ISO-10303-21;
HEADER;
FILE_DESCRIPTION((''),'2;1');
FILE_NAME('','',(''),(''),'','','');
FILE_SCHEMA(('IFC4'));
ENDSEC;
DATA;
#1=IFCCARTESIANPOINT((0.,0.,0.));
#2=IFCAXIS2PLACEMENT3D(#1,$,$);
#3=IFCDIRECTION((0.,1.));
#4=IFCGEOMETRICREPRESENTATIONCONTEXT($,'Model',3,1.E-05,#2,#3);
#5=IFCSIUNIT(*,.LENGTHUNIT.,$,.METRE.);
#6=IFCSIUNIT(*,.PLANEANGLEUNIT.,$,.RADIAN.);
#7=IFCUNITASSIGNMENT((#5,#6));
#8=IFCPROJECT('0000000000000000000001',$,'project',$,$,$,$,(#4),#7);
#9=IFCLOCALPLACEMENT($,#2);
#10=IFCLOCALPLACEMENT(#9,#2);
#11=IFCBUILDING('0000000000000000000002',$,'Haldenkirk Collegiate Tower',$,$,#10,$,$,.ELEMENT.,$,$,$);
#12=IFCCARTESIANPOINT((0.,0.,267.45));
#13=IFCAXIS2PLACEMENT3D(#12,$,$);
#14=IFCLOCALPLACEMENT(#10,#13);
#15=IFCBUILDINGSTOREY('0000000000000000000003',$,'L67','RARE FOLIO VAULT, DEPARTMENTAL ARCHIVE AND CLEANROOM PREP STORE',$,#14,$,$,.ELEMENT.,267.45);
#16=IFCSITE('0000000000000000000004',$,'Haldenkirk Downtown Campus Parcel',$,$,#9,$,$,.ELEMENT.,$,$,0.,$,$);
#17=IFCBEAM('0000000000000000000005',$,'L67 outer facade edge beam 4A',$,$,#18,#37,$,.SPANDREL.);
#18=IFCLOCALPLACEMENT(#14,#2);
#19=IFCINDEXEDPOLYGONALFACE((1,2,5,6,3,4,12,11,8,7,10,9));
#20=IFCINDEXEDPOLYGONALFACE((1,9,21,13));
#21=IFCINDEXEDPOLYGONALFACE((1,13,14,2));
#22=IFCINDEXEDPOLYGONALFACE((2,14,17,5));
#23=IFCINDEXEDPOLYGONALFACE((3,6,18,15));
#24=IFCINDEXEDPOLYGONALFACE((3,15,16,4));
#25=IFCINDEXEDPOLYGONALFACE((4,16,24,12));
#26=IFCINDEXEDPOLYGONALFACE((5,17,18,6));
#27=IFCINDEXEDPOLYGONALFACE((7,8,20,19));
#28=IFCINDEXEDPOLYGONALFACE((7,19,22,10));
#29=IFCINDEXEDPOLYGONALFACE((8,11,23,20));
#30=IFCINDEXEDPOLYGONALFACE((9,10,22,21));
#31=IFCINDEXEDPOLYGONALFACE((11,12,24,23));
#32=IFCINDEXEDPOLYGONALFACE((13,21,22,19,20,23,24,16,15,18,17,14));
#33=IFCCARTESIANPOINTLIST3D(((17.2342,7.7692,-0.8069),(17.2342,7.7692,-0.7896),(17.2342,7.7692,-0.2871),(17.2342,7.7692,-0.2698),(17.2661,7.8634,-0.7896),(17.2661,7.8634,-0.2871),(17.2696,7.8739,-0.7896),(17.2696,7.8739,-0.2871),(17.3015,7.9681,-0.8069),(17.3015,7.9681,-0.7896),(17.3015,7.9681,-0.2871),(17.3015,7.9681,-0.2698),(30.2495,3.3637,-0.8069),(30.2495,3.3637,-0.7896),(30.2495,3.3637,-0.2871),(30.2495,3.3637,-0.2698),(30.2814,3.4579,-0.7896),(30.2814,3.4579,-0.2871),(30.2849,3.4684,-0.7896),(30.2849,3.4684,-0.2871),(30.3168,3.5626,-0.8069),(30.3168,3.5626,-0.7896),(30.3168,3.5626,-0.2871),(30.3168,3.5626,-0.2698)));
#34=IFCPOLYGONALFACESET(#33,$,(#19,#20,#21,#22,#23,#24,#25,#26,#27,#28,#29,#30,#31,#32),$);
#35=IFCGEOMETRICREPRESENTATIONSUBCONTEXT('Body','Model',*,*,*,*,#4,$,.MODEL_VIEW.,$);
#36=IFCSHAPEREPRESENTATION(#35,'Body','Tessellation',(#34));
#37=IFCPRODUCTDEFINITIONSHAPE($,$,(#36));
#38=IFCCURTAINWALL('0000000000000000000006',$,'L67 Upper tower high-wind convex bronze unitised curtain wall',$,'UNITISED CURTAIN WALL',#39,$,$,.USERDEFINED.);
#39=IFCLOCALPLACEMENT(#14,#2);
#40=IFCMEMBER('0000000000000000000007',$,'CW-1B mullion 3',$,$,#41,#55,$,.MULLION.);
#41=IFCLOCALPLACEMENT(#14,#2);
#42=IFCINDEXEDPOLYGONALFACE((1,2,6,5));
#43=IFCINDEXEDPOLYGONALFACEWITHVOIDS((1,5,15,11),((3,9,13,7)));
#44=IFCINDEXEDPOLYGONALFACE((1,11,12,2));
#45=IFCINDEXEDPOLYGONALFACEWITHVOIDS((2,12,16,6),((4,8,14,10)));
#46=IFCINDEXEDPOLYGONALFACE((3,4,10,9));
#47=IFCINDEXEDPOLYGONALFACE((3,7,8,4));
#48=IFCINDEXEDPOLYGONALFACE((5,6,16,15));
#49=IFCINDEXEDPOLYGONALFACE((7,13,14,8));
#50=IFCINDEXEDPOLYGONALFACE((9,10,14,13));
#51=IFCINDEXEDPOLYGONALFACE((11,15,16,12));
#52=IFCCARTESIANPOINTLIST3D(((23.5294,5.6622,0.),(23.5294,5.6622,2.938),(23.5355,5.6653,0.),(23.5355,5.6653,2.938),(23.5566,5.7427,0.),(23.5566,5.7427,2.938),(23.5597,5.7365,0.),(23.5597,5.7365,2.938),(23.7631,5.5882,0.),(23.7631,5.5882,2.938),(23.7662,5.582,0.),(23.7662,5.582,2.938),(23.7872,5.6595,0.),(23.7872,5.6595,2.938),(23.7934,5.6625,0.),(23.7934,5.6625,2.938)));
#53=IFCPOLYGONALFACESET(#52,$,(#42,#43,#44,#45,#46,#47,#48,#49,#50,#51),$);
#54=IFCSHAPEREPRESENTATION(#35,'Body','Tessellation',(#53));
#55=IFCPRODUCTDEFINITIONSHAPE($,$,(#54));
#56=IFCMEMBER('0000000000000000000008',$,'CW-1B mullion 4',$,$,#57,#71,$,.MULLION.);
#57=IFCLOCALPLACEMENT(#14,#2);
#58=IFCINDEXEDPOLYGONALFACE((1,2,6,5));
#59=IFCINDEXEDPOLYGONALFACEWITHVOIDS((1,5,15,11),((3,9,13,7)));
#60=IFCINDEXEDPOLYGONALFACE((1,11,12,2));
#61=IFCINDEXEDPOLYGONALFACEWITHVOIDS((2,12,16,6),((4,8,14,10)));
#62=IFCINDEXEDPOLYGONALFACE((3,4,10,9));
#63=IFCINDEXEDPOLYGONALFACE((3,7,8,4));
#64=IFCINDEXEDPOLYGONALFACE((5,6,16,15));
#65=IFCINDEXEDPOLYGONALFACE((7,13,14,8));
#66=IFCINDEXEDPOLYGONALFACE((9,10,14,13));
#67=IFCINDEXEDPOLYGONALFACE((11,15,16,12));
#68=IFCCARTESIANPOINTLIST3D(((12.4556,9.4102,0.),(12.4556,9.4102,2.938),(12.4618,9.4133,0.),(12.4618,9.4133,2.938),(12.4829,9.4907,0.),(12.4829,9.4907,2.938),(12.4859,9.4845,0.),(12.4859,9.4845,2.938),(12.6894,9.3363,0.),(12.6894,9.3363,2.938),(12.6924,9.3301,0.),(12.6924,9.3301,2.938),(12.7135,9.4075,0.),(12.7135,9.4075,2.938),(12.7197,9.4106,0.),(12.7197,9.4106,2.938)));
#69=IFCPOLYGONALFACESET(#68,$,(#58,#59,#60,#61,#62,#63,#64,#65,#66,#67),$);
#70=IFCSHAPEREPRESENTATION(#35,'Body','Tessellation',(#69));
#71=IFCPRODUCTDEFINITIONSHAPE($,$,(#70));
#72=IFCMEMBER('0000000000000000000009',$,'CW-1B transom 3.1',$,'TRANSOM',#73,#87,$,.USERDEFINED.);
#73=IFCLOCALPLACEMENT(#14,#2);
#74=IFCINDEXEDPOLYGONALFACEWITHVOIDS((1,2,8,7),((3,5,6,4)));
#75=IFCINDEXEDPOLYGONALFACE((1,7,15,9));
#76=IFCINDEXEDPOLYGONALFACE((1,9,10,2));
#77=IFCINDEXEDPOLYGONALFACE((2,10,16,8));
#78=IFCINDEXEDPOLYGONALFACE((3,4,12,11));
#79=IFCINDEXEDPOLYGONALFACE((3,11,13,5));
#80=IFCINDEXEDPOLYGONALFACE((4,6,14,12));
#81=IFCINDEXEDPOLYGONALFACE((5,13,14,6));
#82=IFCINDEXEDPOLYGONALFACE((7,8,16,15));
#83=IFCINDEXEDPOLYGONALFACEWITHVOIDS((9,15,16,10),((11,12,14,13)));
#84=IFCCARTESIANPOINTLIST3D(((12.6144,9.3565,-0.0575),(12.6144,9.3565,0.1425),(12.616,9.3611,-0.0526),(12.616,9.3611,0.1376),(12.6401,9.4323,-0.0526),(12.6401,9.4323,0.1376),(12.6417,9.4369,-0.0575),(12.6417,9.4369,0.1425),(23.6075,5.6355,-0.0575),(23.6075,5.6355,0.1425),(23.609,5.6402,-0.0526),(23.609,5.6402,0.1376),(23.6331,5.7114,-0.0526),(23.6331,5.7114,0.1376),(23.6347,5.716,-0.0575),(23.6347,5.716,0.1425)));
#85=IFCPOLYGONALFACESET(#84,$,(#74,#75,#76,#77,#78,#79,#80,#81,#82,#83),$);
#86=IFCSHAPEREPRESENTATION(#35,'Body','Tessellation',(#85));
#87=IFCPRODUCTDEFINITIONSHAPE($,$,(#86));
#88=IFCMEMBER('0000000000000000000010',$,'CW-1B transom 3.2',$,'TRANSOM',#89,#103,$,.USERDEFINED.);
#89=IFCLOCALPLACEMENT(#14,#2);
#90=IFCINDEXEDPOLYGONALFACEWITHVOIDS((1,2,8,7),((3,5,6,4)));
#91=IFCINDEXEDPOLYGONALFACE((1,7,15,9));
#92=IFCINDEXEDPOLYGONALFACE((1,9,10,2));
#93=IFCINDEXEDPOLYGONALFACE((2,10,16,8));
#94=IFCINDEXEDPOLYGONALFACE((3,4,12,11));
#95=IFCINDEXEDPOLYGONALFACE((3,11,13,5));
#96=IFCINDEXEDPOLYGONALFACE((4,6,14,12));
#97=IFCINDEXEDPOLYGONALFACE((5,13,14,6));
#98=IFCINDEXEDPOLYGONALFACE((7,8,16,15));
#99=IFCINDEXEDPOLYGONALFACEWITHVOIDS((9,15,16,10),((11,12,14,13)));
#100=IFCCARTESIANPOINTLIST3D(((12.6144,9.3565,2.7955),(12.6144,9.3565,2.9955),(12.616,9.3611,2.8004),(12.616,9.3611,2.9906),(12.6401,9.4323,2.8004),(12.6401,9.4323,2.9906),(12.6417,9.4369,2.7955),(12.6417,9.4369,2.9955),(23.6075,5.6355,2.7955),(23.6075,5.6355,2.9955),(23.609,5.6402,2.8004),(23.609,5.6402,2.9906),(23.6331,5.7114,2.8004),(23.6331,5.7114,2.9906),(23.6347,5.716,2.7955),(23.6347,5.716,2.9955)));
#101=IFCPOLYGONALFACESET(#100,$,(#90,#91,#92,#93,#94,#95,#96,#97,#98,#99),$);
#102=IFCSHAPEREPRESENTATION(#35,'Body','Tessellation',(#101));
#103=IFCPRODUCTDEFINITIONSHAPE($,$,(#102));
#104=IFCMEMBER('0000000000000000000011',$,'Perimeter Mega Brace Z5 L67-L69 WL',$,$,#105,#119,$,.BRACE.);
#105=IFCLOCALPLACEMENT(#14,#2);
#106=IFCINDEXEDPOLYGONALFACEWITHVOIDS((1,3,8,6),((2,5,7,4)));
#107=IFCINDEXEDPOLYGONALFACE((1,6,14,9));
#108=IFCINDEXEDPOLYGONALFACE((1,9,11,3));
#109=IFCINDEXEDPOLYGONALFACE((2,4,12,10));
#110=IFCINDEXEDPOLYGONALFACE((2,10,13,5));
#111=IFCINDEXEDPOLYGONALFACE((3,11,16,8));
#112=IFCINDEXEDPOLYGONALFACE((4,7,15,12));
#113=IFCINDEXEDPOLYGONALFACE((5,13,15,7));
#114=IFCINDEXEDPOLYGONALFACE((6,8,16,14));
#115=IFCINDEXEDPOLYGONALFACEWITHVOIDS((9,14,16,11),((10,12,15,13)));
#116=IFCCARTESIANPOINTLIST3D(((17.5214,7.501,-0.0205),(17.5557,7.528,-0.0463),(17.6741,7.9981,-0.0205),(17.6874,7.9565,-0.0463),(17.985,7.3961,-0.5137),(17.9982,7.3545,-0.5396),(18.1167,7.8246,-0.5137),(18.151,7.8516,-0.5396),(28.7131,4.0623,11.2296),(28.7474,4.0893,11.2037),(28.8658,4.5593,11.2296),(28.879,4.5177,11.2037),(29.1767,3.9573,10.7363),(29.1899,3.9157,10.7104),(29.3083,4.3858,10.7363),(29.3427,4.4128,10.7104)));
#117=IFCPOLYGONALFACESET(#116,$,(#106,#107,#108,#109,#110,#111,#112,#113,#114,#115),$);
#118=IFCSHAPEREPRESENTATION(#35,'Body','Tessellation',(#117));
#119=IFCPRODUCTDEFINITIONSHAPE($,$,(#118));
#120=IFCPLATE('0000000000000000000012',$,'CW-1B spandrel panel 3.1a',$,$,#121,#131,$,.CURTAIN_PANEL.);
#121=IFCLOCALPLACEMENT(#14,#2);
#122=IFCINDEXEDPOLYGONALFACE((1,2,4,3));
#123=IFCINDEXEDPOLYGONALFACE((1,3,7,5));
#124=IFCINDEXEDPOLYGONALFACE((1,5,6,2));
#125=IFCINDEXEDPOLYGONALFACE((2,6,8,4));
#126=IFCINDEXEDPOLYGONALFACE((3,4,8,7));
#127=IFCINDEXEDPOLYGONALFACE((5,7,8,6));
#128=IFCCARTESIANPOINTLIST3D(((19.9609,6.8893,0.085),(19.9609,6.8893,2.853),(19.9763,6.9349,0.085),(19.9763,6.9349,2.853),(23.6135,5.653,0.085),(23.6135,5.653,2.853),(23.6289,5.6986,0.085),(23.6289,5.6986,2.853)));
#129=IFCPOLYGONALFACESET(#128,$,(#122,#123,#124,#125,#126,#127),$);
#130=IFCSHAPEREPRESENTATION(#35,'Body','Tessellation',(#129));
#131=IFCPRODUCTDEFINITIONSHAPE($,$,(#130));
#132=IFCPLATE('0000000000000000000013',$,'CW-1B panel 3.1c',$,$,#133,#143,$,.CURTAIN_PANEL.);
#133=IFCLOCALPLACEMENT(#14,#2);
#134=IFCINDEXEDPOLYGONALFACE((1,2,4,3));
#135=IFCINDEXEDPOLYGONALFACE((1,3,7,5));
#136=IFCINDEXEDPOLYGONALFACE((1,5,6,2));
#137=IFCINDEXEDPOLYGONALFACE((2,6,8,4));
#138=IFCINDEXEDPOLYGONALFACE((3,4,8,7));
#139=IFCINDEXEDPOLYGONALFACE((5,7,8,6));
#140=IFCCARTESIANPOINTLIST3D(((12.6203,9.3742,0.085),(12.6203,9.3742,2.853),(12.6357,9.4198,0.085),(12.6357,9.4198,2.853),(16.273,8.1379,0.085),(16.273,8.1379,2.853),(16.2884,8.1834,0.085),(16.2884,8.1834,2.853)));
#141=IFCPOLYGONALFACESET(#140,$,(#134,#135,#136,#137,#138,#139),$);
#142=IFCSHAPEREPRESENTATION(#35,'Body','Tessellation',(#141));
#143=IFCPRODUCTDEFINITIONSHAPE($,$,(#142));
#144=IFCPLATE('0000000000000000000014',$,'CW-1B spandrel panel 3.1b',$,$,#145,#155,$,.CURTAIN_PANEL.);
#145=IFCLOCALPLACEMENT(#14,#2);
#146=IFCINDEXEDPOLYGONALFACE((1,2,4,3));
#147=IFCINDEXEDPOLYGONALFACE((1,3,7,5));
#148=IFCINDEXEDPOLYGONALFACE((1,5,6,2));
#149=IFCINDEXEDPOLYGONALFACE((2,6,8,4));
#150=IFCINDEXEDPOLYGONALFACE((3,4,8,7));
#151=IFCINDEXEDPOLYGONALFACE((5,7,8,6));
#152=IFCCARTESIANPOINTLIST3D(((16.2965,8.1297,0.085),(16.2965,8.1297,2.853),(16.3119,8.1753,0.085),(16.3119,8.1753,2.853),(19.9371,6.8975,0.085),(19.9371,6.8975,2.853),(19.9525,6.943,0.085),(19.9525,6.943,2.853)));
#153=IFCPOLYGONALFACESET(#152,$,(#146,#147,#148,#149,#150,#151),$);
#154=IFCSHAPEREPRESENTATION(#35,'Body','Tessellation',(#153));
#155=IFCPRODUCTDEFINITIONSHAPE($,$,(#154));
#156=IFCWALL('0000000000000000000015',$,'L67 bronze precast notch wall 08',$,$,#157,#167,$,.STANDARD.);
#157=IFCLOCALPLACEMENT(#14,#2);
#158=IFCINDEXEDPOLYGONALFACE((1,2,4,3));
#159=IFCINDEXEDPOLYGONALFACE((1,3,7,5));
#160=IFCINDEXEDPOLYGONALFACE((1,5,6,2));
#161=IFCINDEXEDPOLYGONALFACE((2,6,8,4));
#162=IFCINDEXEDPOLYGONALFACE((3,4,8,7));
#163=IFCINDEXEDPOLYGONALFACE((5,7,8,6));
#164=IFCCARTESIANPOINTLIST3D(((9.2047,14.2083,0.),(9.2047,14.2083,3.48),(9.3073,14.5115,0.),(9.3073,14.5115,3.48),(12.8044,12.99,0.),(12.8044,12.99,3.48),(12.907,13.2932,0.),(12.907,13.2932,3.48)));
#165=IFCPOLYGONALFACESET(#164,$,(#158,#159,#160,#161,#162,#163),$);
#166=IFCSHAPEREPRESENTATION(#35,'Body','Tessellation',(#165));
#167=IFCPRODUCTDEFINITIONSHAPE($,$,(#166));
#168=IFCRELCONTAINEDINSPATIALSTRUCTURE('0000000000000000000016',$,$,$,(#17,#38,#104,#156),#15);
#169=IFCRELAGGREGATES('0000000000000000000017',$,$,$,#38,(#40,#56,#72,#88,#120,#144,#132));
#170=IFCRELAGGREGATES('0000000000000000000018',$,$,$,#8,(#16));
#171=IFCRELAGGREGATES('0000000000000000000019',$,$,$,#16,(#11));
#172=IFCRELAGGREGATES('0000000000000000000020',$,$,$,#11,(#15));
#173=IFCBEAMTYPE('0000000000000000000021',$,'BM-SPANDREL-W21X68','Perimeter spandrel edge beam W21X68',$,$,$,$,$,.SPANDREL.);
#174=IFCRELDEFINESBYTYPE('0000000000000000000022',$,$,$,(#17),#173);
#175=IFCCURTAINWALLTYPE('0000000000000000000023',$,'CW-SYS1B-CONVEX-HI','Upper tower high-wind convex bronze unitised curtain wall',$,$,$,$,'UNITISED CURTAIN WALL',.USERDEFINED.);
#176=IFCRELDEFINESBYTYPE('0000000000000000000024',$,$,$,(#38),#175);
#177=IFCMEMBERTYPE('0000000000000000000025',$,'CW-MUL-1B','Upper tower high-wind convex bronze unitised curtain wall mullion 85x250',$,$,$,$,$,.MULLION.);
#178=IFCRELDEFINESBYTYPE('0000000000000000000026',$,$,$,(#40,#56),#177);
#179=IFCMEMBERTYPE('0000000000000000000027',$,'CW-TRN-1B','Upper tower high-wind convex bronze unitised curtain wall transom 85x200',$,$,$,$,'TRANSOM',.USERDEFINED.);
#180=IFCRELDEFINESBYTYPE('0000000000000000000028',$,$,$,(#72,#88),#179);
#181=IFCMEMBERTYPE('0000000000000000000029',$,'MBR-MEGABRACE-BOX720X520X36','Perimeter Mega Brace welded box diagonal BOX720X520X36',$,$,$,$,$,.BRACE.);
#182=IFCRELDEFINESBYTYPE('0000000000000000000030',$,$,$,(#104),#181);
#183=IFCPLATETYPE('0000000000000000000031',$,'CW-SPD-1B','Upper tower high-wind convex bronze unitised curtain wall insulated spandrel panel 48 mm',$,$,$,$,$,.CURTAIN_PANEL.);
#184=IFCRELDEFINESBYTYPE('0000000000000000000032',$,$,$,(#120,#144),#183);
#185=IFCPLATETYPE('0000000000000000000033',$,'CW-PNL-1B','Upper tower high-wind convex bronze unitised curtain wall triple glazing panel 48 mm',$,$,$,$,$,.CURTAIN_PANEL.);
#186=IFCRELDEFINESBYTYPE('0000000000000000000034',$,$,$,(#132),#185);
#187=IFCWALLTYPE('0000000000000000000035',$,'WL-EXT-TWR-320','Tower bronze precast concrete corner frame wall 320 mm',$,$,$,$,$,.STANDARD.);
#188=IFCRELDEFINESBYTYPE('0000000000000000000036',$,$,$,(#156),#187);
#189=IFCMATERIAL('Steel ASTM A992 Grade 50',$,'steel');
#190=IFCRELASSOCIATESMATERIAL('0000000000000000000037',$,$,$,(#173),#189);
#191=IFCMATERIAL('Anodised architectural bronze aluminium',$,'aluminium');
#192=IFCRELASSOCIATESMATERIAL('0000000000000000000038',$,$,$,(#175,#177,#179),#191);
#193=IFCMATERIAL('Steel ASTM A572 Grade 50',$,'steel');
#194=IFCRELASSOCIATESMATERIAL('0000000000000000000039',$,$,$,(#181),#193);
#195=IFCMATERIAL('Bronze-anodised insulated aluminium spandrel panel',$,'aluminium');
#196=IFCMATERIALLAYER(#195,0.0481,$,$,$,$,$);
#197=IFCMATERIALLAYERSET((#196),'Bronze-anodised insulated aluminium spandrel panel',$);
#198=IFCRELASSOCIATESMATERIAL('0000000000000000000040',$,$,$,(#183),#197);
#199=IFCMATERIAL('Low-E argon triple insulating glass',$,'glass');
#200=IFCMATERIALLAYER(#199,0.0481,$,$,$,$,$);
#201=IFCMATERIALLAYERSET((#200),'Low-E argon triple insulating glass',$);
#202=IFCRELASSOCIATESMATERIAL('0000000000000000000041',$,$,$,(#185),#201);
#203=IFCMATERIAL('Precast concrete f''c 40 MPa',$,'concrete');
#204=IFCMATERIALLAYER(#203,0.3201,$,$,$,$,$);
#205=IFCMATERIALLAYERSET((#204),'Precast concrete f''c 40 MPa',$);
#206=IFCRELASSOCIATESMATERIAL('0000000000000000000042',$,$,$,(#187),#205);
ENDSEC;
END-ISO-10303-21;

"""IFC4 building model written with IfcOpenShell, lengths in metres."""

from ifc_helpers import new_model, si_unit, direction, frame, frame_2d, origin, origin_2d, place, context, subcontext, project, spatial, rectangle, hollow_rectangle, i_section, extrude, source, transform, mapped, material, layer, layer_set, material_profile, profile_set, type_object, element, aggregate, save


model = new_model("IFC4")

# Units and contexts
model_context = context("Model", 3, precision=1e-05, world=origin(), true_north=direction((0.0, 1.0)))
body_context = subcontext(model_context, "Body", "Model", "MODEL_VIEW")
ifc_project = project(units=[si_unit("LENGTHUNIT", "METRE"), si_unit("PLANEANGLEUNIT", "RADIAN")], contexts=[model_context])

# Site, building, storey
site_placement = place(None, origin())
site = spatial("IfcSite", under=ifc_project, at=site_placement, Name="Haldenkirk Downtown Campus Parcel", CompositionType="ELEMENT", RefElevation=0.0)
building_placement = place(site_placement, origin())
building = spatial("IfcBuilding", under=site, at=building_placement, Name="Haldenkirk Collegiate Tower", CompositionType="ELEMENT")
storey_placement = place(building_placement, frame((0.0, 0.0, 267.45)))
storey = spatial("IfcBuildingStorey", under=building, at=storey_placement, Name="L67", Description="RARE FOLIO VAULT, DEPARTMENTAL ARCHIVE AND CLEANROOM PREP STORE", CompositionType="ELEMENT", Elevation=267.45)

# Shared definitions
ifc_material_1 = material(Name="Steel ASTM A572 Grade 50", Category="steel")

# Beam
ifc_material_2 = material(Name="Steel ASTM A992 Grade 50", Category="steel")
ifc_material_profile_1 = material_profile(ifc_material_2, i_section(OverallWidth=0.21, OverallDepth=0.5371, WebThickness=0.011, FlangeThickness=0.0173, at=origin_2d()), Name="W21X68")
ifc_profile_set_1 = profile_set([ifc_material_profile_1], Name="Steel ASTM A992 Grade 50")
beam_type_1 = type_object("IfcBeamType", Name="BM-SPANDREL-W21X68", Description="Perimeter spandrel edge beam W21X68", PredefinedType="SPANDREL", material=ifc_profile_set_1)
beam_1_placement = place(storey_placement, frame((17.2678, 7.8687, -0.5383), z_axis=(0.947209, -0.320617, 0.0), x_axis=(0.320617, 0.947209, 0.0)))
element("IfcBeam", 1, at=beam_1_placement, inside=storey, type_object=beam_type_1, Name="L67 outer facade edge beam 4A", PredefinedType="SPANDREL", context=body_context, shape_type="SweptSolid", body=[
    extrude(i_section(OverallWidth=0.21, OverallDepth=0.5371, WebThickness=0.011, FlangeThickness=0.0173, at=origin_2d()), origin(), (0.0, 0.0, 1.0), 13.7407),
])

# Curtain wall, members
ifc_material_3 = material(Name="Anodised architectural bronze aluminium", Category="aluminium")
curtain_wall_type = type_object("IfcCurtainWallType", Name="CW-SYS1B-CONVEX-HI", Description="Upper tower high-wind convex bronze unitised curtain wall", ElementType="UNITISED CURTAIN WALL", PredefinedType="USERDEFINED", material=ifc_material_3)
curtain_wall_placement = place(storey_placement, origin())
curtain_wall = element("IfcCurtainWall", 2, at=curtain_wall_placement, inside=storey, type_object=curtain_wall_type, Name="L67 Upper tower high-wind convex bronze unitised curtain wall", ObjectType="UNITISED CURTAIN WALL", PredefinedType="USERDEFINED")
ifc_material_profile_2 = material_profile(ifc_material_3, hollow_rectangle(XDim=0.085, YDim=0.25, WallThickness=0.0049, at=origin_2d()), Name="CW-MUL-1B")
ifc_profile_set_2 = profile_set([ifc_material_profile_2], Name="Anodised architectural bronze aluminium")
member_type_1 = type_object("IfcMemberType", Name="CW-MUL-1B", Description="Upper tower high-wind convex bronze unitised curtain wall mullion 85x250", PredefinedType="MULLION", material=ifc_profile_set_2)
member_1_placement = place(storey_placement, frame((23.6614, 5.6624, 0.0), z_axis=(0.0, 0.0, 1.0), x_axis=(-0.320611, -0.947211, 0.0)))
member_1 = element("IfcMember", 3, at=member_1_placement, type_object=member_type_1, Name="CW-1B mullion 3", PredefinedType="MULLION", context=body_context, shape_type="SweptSolid", body=[
    extrude(hollow_rectangle(XDim=0.085, YDim=0.25, WallThickness=0.0049, at=origin_2d()), origin(), (0.0, 0.0, 1.0), 2.938),
])
member_2_placement = place(storey_placement, frame((12.5876, 9.4104, 0.0), z_axis=(0.0, 0.0, 1.0), x_axis=(-0.320611, -0.947211, 0.0)))
member_2 = element("IfcMember", 4, at=member_2_placement, type_object=member_type_1, Name="CW-1B mullion 4", PredefinedType="MULLION", context=body_context, shape_type="SweptSolid", body=[
    extrude(hollow_rectangle(XDim=0.085, YDim=0.25, WallThickness=0.0049, at=origin_2d()), origin(), (0.0, 0.0, 1.0), 2.938),
])
ifc_material_profile_3 = material_profile(ifc_material_3, hollow_rectangle(XDim=0.085, YDim=0.2, WallThickness=0.0049, at=origin_2d()), Name="CW-TRN-1B")
ifc_profile_set_3 = profile_set([ifc_material_profile_3], Name="Anodised architectural bronze aluminium")
member_type_2 = type_object("IfcMemberType", Name="CW-TRN-1B", Description="Upper tower high-wind convex bronze unitised curtain wall transom 85x200", ElementType="TRANSOM", PredefinedType="USERDEFINED", material=ifc_profile_set_3)
member_3_placement = place(storey_placement, frame((23.6211, 5.6758, 0.0425), z_axis=(-0.947211, 0.32061, 0.0), x_axis=(-0.32061, -0.947211, 0.0)))
member_3 = element("IfcMember", 5, at=member_3_placement, type_object=member_type_2, Name="CW-1B transom 3.1", ObjectType="TRANSOM", PredefinedType="USERDEFINED", context=body_context, shape_type="SweptSolid", body=[
    extrude(hollow_rectangle(XDim=0.085, YDim=0.2, WallThickness=0.0049, at=origin_2d()), origin(), (0.0, 0.0, 1.0), 11.6057),
])
member_4_placement = place(storey_placement, frame((23.6211, 5.6758, 2.8955), z_axis=(-0.947211, 0.32061, 0.0), x_axis=(-0.32061, -0.947211, 0.0)))
member_4 = element("IfcMember", 6, at=member_4_placement, type_object=member_type_2, Name="CW-1B transom 3.2", ObjectType="TRANSOM", PredefinedType="USERDEFINED", context=body_context, shape_type="SweptSolid", body=[
    extrude(hollow_rectangle(XDim=0.085, YDim=0.2, WallThickness=0.0049, at=origin_2d()), origin(), (0.0, 0.0, 1.0), 11.6057),
])

# Member
ifc_material_profile_4 = material_profile(ifc_material_1, hollow_rectangle(XDim=0.52, YDim=0.72, WallThickness=0.0359, at=origin_2d()), Name="BOX720X520X36")
ifc_profile_set_4 = profile_set([ifc_material_profile_4], Name="Steel ASTM A572 Grade 50")
member_type_3 = type_object("IfcMemberType", Name="MBR-MEGABRACE-BOX720X520X36", Description="Perimeter Mega Brace welded box diagonal BOX720X520X36", PredefinedType="BRACE", material=ifc_profile_set_4)
member_5_placement = place(storey_placement, frame((17.8362, 7.6763, -0.28), z_axis=(0.689268, -0.211783, 0.692862), x_axis=(0.293706, 0.955896, 0.0)))
element("IfcMember", 7, at=member_5_placement, inside=storey, type_object=member_type_3, Name="Perimeter Mega Brace Z5 L67-L69 WL", PredefinedType="BRACE", context=body_context, shape_type="SweptSolid", body=[
    extrude(hollow_rectangle(XDim=0.52, YDim=0.72, WallThickness=0.0359, at=origin_2d()), origin(), (0.0, 0.0, 1.0), 16.2371),
])

# Plates
ifc_material_4 = material(Name="Bronze-anodised insulated aluminium spandrel panel", Category="aluminium")
ifc_layer_1 = layer(ifc_material_4, 0.0481)
ifc_layer_set_1 = layer_set([ifc_layer_1], Name="Bronze-anodised insulated aluminium spandrel panel")
plate_type_1 = type_object("IfcPlateType", Name="CW-SPD-1B", Description="Upper tower high-wind convex bronze unitised curtain wall insulated spandrel panel 48 mm", PredefinedType="CURTAIN_PANEL", material=ifc_layer_set_1)
shared_shape_1 = source(origin(), body_context, "Body", "SweptSolid", [
    extrude(rectangle(XDim=3.8562, YDim=0.0481, at=origin_2d()), origin(), (0.0, 0.0, 1.0), 2.7681),
])
plate_1_placement = place(storey_placement, frame((21.7949, 6.2939, 0.085), z_axis=(0.0, 0.0, 1.0), x_axis=(-0.947211, 0.320611, 0.0)))
plate_1 = element("IfcPlate", 8, at=plate_1_placement, type_object=plate_type_1, Name="CW-1B spandrel panel 3.1a", PredefinedType="CURTAIN_PANEL", context=body_context, shape_type="MappedRepresentation", body=[
    mapped(shared_shape_1, transform((0.0, 0.0, 0.0), x_axis=(1.0, 0.0, 0.0), y_axis=(0.0, 1.0, 0.0), z_axis=(0.0, 0.0, 1.0), scale=1.0)),
])
ifc_material_5 = material(Name="Low-E argon triple insulating glass", Category="glass")
ifc_layer_2 = layer(ifc_material_5, 0.0481)
ifc_layer_set_2 = layer_set([ifc_layer_2], Name="Low-E argon triple insulating glass")
plate_type_2 = type_object("IfcPlateType", Name="CW-PNL-1B", Description="Upper tower high-wind convex bronze unitised curtain wall triple glazing panel 48 mm", PredefinedType="CURTAIN_PANEL", material=ifc_layer_set_2)
plate_2_placement = place(storey_placement, frame((14.4543, 8.7788, 0.085), z_axis=(0.0, 0.0, 1.0), x_axis=(-0.947211, 0.320611, 0.0)))
plate_2 = element("IfcPlate", 9, at=plate_2_placement, type_object=plate_type_2, Name="CW-1B panel 3.1c", PredefinedType="CURTAIN_PANEL", context=body_context, shape_type="MappedRepresentation", body=[
    mapped(shared_shape_1, transform((0.0, 0.0, 0.0), x_axis=(1.0, 0.0, 0.0), y_axis=(0.0, 1.0, 0.0), z_axis=(0.0, 0.0, 1.0), scale=1.0)),
])
shared_shape_2 = source(origin(), body_context, "Body", "SweptSolid", [
    extrude(rectangle(XDim=3.8435, YDim=0.0481, at=origin_2d()), origin(), (0.0, 0.0, 1.0), 2.7681),
])
plate_3_placement = place(storey_placement, frame((18.1245, 7.5364, 0.085), z_axis=(0.0, 0.0, 1.0), x_axis=(-0.947211, 0.320611, 0.0)))
plate_3 = element("IfcPlate", 10, at=plate_3_placement, type_object=plate_type_1, Name="CW-1B spandrel panel 3.1b", PredefinedType="CURTAIN_PANEL", context=body_context, shape_type="MappedRepresentation", body=[
    mapped(shared_shape_2, transform((0.0, 0.0, 0.0), x_axis=(1.0, 0.0, 0.0), y_axis=(0.0, 1.0, 0.0), z_axis=(0.0, 0.0, 1.0), scale=1.0)),
])
aggregate(curtain_wall, [member_1, member_2, member_3, member_4, plate_1, plate_3, plate_2])

# Wall
ifc_material_6 = material(Name="Precast concrete f'c 40 MPa", Category="concrete")
ifc_layer_3 = layer(ifc_material_6, 0.3201)
ifc_layer_set_3 = layer_set([ifc_layer_3], Name="Precast concrete f'c 40 MPa")
wall_type = type_object("IfcWallType", Name="WL-EXT-TWR-320", Description="Tower bronze precast concrete corner frame wall 320 mm", PredefinedType="STANDARD", material=ifc_layer_set_3)
wall_placement = place(storey_placement, frame((12.8557, 13.1416, 0.0), z_axis=(0.0, 0.0, 1.0), x_axis=(-0.947221, 0.32058, 0.0)))
element("IfcWall", 11, at=wall_placement, inside=storey, type_object=wall_type, Name="L67 bronze precast notch wall 08", PredefinedType="STANDARD", context=body_context, shape_type="SweptSolid", body=[
    extrude(rectangle(XDim=3.8003, YDim=0.3201, at=frame_2d((1.9001, 0.0))), origin(), (0.0, 0.0, 1.0), 3.48),
])

save(model, "model.ifc")
